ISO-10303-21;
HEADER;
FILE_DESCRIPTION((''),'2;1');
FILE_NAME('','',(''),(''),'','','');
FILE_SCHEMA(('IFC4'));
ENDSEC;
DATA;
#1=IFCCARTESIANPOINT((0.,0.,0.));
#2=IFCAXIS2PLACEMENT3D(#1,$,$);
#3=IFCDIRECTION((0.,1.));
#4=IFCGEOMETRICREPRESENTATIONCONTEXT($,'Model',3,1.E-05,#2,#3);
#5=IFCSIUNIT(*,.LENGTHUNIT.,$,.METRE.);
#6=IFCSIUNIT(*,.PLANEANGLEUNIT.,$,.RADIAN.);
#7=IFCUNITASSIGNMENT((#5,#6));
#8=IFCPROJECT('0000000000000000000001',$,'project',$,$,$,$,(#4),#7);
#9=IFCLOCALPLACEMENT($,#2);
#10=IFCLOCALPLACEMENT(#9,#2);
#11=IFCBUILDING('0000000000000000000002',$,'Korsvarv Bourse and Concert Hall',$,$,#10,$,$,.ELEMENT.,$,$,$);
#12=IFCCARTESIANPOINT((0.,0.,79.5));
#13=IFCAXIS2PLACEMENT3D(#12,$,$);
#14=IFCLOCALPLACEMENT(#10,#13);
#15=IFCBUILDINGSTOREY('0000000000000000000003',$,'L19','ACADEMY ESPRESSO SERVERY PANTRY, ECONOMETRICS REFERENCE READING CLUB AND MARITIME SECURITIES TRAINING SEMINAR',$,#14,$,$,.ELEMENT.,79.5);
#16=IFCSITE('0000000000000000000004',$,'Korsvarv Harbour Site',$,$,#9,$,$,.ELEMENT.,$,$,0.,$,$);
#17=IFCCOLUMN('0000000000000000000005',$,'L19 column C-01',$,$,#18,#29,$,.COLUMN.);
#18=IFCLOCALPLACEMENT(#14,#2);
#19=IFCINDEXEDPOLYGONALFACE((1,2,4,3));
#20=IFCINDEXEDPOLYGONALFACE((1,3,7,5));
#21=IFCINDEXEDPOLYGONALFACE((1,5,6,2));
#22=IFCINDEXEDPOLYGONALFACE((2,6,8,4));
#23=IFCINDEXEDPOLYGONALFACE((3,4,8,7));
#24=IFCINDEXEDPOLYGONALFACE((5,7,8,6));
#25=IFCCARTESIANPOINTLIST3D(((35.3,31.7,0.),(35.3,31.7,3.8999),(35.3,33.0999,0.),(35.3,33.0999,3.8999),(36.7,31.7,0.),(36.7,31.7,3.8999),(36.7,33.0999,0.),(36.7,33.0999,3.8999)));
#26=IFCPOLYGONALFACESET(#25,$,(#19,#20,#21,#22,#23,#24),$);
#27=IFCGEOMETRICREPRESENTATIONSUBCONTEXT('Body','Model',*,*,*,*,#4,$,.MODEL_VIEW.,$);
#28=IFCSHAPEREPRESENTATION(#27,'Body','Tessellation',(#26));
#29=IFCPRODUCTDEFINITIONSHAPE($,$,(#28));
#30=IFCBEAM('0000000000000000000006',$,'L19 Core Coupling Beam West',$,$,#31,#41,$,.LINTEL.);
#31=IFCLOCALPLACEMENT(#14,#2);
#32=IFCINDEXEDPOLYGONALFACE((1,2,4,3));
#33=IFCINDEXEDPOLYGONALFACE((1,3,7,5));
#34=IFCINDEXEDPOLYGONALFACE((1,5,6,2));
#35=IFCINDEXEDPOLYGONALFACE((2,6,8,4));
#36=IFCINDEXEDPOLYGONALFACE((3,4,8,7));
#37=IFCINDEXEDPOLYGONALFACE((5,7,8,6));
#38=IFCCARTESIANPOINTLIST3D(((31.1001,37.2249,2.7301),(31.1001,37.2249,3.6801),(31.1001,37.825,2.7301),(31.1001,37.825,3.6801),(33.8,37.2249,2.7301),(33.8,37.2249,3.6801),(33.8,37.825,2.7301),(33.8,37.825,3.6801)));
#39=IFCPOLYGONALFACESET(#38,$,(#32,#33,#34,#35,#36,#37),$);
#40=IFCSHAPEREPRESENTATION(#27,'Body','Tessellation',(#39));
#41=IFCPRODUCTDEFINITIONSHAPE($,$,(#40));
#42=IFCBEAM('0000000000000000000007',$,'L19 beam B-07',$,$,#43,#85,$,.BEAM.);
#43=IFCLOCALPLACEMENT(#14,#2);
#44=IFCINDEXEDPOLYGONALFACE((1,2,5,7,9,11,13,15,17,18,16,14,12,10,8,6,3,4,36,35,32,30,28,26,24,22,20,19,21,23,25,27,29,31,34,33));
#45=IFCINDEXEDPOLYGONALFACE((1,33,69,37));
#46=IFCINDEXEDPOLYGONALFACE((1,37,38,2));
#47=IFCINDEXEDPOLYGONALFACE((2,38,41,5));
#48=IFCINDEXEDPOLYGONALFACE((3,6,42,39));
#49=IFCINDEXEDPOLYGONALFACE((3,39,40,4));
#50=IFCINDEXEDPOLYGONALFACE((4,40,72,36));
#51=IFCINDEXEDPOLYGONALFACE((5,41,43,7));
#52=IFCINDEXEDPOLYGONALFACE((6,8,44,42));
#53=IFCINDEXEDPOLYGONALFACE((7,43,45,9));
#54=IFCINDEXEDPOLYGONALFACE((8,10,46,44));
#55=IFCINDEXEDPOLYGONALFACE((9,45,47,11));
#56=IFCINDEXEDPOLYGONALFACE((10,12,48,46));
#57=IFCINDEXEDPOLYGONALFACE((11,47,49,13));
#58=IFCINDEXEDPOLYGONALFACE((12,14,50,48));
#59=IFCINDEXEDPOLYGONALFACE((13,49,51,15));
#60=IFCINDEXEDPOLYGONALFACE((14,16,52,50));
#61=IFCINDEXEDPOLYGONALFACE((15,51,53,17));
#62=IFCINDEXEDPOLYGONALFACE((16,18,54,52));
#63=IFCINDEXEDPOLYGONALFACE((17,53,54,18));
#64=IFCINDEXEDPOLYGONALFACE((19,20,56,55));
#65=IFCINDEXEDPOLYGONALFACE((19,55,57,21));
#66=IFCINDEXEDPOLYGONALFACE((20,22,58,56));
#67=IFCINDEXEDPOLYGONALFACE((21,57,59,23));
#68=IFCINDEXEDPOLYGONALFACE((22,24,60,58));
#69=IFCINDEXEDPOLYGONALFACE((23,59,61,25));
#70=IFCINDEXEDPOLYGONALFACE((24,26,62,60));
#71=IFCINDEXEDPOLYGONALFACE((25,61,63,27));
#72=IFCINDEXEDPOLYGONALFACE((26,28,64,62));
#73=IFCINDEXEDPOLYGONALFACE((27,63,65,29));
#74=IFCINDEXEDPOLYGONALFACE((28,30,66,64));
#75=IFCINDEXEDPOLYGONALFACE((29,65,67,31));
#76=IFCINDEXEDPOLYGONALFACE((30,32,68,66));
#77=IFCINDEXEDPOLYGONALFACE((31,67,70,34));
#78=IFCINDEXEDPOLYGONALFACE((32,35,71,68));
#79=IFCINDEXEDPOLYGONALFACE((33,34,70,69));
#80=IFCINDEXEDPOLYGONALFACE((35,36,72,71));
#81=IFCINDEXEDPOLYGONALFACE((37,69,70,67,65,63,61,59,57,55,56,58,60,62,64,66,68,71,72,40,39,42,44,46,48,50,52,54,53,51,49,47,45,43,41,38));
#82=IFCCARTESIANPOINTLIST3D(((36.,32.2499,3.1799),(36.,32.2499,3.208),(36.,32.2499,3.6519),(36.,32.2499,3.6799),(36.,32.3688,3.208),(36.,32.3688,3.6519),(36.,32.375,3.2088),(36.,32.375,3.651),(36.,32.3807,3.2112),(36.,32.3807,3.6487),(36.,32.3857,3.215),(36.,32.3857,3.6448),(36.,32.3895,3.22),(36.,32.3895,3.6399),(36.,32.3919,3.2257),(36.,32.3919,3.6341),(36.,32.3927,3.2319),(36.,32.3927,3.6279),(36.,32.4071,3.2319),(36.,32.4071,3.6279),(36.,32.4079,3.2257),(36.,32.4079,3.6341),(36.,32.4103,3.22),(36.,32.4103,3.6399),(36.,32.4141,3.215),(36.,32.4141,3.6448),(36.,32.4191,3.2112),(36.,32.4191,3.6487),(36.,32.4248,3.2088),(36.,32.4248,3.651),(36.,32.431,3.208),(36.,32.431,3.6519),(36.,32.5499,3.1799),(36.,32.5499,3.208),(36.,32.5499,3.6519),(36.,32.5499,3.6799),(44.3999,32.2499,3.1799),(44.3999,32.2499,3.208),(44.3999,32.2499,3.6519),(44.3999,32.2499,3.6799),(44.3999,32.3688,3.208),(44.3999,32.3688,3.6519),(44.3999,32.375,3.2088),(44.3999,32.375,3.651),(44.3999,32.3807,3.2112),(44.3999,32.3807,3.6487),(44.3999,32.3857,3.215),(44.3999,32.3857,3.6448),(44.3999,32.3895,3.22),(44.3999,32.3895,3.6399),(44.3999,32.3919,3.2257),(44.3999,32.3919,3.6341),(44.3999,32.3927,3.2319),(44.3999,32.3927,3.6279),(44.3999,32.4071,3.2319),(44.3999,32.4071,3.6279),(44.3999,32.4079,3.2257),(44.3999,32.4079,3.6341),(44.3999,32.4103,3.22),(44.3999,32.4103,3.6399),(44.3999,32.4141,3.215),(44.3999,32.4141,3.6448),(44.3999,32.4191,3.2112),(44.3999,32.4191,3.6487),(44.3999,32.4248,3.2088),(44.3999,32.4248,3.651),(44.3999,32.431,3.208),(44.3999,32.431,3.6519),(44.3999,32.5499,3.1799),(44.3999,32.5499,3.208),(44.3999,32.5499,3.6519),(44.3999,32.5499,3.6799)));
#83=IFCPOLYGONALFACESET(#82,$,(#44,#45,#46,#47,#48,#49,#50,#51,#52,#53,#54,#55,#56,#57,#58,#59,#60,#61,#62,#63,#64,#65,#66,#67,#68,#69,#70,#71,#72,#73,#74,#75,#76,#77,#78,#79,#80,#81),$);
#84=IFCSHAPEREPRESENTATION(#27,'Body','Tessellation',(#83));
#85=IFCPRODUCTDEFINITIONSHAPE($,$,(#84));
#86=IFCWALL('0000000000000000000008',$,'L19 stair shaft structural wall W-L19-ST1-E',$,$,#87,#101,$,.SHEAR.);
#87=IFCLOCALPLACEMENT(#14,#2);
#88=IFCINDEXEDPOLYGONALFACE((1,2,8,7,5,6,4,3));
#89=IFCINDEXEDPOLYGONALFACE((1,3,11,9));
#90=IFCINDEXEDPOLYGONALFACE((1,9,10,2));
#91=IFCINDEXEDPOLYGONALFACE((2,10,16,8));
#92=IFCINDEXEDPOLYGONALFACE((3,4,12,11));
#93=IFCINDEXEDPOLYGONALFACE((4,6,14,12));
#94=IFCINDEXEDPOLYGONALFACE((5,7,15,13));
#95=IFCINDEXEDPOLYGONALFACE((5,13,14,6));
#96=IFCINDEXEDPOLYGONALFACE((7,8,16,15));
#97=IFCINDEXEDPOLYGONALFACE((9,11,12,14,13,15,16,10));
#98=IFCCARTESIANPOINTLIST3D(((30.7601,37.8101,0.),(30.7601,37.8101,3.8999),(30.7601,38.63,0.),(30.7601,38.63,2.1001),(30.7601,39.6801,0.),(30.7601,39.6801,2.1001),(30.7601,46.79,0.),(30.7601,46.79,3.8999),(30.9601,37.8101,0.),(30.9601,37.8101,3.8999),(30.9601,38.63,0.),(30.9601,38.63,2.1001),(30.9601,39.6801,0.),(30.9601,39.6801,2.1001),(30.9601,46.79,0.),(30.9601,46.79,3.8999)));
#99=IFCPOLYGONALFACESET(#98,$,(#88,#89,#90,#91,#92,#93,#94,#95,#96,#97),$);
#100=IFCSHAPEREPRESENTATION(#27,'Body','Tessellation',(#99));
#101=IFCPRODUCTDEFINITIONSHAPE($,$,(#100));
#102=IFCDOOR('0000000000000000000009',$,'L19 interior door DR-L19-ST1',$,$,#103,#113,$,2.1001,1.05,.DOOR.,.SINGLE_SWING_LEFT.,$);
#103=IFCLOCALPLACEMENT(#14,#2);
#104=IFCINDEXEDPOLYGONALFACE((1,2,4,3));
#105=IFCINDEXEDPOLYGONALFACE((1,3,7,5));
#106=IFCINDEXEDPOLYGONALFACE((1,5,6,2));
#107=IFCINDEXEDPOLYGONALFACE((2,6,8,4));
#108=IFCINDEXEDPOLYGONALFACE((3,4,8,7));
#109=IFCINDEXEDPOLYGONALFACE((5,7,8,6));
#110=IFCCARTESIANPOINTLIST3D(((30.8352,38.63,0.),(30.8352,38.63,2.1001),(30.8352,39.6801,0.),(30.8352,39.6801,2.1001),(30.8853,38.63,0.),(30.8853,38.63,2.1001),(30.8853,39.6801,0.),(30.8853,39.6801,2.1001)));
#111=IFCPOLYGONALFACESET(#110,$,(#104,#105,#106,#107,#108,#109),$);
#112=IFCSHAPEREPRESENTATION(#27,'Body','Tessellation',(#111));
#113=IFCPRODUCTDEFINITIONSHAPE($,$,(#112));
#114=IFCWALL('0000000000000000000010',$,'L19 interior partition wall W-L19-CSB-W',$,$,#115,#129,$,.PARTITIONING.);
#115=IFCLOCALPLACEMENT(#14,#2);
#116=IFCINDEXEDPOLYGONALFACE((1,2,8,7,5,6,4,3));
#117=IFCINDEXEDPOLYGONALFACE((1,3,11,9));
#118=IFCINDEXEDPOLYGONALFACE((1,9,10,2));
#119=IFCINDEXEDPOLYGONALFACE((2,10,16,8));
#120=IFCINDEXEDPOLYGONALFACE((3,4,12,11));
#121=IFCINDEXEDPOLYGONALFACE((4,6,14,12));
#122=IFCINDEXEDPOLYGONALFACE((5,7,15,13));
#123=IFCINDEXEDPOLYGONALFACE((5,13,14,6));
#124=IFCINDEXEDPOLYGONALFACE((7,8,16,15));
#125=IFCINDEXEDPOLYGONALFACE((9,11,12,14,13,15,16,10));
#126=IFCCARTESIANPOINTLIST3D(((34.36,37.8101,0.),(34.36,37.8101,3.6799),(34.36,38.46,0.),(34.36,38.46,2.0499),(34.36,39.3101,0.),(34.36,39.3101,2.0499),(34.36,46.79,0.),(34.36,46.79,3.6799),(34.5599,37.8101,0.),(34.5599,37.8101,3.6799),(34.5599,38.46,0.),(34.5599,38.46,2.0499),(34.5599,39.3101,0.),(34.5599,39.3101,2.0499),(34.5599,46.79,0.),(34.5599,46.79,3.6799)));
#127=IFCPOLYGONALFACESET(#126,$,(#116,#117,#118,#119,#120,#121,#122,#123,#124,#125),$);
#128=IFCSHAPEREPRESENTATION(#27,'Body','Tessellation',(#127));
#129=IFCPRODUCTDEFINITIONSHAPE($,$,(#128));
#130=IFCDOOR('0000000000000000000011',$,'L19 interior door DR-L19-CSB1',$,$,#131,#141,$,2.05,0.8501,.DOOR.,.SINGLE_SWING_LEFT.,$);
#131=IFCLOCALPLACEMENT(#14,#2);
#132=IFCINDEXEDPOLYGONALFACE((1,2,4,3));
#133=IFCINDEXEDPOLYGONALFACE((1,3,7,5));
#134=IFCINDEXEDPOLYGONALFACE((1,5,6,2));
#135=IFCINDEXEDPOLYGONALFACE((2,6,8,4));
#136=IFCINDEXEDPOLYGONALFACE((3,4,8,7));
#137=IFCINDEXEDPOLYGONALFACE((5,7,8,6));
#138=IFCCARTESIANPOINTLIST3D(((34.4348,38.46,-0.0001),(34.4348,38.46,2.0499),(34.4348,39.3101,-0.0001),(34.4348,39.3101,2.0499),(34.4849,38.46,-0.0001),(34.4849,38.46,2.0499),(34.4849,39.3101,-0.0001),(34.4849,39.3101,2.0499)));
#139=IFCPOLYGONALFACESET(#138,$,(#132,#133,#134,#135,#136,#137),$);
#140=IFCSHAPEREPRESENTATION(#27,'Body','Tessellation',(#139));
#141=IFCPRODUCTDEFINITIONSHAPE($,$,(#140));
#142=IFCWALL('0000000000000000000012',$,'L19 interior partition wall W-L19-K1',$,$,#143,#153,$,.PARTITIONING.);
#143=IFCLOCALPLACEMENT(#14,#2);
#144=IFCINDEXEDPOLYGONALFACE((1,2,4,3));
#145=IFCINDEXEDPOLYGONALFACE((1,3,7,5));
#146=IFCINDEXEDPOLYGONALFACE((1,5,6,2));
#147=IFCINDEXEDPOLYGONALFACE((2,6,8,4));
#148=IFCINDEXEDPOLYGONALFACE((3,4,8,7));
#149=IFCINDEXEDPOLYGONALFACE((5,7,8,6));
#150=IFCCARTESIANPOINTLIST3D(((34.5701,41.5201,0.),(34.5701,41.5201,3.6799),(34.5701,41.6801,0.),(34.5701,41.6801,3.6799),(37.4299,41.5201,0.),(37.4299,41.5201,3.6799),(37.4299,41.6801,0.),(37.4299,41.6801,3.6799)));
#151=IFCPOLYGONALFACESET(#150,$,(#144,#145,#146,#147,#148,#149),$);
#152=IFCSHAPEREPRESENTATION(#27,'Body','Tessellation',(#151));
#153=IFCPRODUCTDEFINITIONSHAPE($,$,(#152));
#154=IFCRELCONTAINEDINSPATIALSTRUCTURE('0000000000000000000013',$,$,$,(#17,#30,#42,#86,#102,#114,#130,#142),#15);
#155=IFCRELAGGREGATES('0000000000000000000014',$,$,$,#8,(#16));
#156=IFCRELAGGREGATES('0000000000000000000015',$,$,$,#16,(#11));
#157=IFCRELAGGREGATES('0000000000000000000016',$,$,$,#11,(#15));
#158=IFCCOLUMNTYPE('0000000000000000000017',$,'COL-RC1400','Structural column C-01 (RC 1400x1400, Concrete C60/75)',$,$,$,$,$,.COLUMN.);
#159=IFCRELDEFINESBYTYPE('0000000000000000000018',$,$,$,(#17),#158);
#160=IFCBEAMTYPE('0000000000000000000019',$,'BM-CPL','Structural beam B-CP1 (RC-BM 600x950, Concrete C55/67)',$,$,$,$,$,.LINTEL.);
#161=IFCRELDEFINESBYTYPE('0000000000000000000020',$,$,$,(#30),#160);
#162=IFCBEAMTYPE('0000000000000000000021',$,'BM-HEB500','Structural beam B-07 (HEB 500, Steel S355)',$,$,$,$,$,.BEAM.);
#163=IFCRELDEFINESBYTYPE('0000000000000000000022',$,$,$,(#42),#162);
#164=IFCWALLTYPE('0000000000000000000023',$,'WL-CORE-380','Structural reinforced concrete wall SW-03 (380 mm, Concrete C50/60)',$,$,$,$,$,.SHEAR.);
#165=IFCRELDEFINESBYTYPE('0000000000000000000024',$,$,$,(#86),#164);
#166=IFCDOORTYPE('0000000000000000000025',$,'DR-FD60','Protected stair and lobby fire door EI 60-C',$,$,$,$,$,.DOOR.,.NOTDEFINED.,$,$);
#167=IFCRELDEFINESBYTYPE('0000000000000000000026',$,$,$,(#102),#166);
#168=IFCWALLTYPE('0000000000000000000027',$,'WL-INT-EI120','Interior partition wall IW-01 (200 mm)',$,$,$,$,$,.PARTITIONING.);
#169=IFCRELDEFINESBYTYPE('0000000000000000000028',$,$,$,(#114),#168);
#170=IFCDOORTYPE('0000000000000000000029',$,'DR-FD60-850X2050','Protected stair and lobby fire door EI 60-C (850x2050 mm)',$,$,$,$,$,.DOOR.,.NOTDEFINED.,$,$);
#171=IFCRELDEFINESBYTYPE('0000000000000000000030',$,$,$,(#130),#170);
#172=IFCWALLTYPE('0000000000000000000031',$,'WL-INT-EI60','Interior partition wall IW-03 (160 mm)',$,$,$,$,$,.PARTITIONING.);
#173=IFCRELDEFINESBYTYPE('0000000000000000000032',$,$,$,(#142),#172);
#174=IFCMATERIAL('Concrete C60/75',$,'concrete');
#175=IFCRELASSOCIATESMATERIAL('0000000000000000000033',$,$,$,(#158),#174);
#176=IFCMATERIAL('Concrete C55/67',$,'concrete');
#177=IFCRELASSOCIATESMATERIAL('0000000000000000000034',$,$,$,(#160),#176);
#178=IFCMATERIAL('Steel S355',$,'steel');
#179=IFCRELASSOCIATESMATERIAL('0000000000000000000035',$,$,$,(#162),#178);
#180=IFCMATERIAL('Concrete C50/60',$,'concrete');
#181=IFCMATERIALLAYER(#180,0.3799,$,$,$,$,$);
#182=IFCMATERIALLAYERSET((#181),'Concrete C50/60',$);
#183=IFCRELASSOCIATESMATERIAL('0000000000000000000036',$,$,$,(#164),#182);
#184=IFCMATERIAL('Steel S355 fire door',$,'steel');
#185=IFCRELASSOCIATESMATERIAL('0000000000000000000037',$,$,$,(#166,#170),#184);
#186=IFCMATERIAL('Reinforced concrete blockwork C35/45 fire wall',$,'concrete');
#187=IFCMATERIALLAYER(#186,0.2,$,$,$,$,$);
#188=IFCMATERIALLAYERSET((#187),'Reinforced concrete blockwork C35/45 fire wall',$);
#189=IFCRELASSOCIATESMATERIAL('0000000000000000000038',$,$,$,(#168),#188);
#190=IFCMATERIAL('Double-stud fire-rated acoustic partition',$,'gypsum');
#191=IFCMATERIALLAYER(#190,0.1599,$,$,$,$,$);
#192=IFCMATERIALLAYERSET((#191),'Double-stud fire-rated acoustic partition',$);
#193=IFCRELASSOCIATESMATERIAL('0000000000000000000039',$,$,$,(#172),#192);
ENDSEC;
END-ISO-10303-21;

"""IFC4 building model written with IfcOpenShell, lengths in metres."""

from ifc_helpers import new_model, si_unit, direction, frame, frame_2d, origin, origin_2d, place, context, subcontext, project, spatial, rectangle, i_section, extrude, source, transform, mapped, material, layer, layer_set, material_profile, profile_set, type_object, element, fill, save


model = new_model("IFC4")

# Units and contexts
model_context = context("Model", 3, precision=1e-05, world=origin(), true_north=direction((0.0, 1.0)))
body_context = subcontext(model_context, "Body", "Model", "MODEL_VIEW")
ifc_project = project(units=[si_unit("LENGTHUNIT", "METRE"), si_unit("PLANEANGLEUNIT", "RADIAN")], contexts=[model_context])

# Site, building, storey
site_placement = place(None, origin())
site = spatial("IfcSite", under=ifc_project, at=site_placement, Name="Korsvarv Harbour Site", CompositionType="ELEMENT", RefElevation=0.0)
building_placement = place(site_placement, origin())
building = spatial("IfcBuilding", under=site, at=building_placement, Name="Korsvarv Bourse and Concert Hall", CompositionType="ELEMENT")
storey_placement = place(building_placement, frame((0.0, 0.0, 79.5)))
storey = spatial("IfcBuildingStorey", under=building, at=storey_placement, Name="L19", Description="ACADEMY ESPRESSO SERVERY PANTRY, ECONOMETRICS REFERENCE READING CLUB AND MARITIME SECURITIES TRAINING SEMINAR", CompositionType="ELEMENT", Elevation=79.5)

# Column
ifc_material_1 = material(Name="Concrete C60/75", Category="concrete")
ifc_material_profile_1 = material_profile(ifc_material_1, rectangle(XDim=1.3999, YDim=1.3999, at=origin_2d()), Name="RC 1400x1400")
ifc_profile_set_1 = profile_set([ifc_material_profile_1], Name="Concrete C60/75")
column_type = type_object("IfcColumnType", Name="COL-RC1400", Description="Structural column C-01 (RC 1400x1400, Concrete C60/75)", PredefinedType="COLUMN", material=ifc_profile_set_1)
shared_shape_1 = source(origin(), body_context, "Body", "SweptSolid", [
    extrude(rectangle(XDim=1.3999, YDim=1.3999, at=origin_2d()), origin(), (0.0, 0.0, 1.0), 3.8999),
])
column_placement = place(storey_placement, frame((36.0, 32.3999, 0.0), z_axis=(0.0, 0.0, 1.0), x_axis=(1.0, 0.0, 0.0)))
element("IfcColumn", 1, at=column_placement, inside=storey, type_object=column_type, Name="L19 column C-01", PredefinedType="COLUMN", context=body_context, shape_type="MappedRepresentation", body=[
    mapped(shared_shape_1, transform((0.0, 0.0, 0.0), scale=1.0)),
])

# Beams
ifc_material_2 = material(Name="Concrete C55/67", Category="concrete")
ifc_material_profile_2 = material_profile(ifc_material_2, rectangle(XDim=0.6001, YDim=0.95, at=origin_2d()), Name="RC-BM 600x950")
ifc_profile_set_2 = profile_set([ifc_material_profile_2], Name="Concrete C55/67")
beam_type_1 = type_object("IfcBeamType", Name="BM-CPL", Description="Structural beam B-CP1 (RC-BM 600x950, Concrete C55/67)", PredefinedType="LINTEL", material=ifc_profile_set_2)
shared_shape_2 = source(origin(), body_context, "Body", "SweptSolid", [
    extrude(rectangle(XDim=0.6001, YDim=0.95, at=origin_2d()), origin(), (0.0, 0.0, 1.0), 2.7),
])
beam_1_placement = place(storey_placement, frame((31.1001, 37.5249, 3.2051), z_axis=(1.0, 0.0, 0.0), x_axis=(0.0, 1.0, 0.0)))
element("IfcBeam", 2, at=beam_1_placement, inside=storey, type_object=beam_type_1, Name="L19 Core Coupling Beam West", PredefinedType="LINTEL", context=body_context, shape_type="MappedRepresentation", body=[
    mapped(shared_shape_2, transform((0.0, 0.0, 0.0), scale=1.0)),
])
ifc_material_3 = material(Name="Steel S355", Category="steel")
ifc_material_profile_3 = material_profile(ifc_material_3, i_section(OverallWidth=0.3, OverallDepth=0.5, WebThickness=0.0144, FlangeThickness=0.0281, FilletRadius=0.0239, at=origin_2d()), Name="HEB 500")
ifc_profile_set_3 = profile_set([ifc_material_profile_3], Name="Steel S355")
beam_type_2 = type_object("IfcBeamType", Name="BM-HEB500", Description="Structural beam B-07 (HEB 500, Steel S355)", PredefinedType="BEAM", material=ifc_profile_set_3)
shared_shape_3 = source(origin(), body_context, "Body", "SweptSolid", [
    extrude(i_section(OverallWidth=0.3, OverallDepth=0.5, WebThickness=0.0144, FlangeThickness=0.0281, FilletRadius=0.0239, at=origin_2d()), origin(), (0.0, 0.0, 1.0), 8.3999),
])
beam_2_placement = place(storey_placement, frame((36.0, 32.3999, 3.4299), z_axis=(1.0, 0.0, 0.0), x_axis=(0.0, 1.0, 0.0)))
element("IfcBeam", 3, at=beam_2_placement, inside=storey, type_object=beam_type_2, Name="L19 beam B-07", PredefinedType="BEAM", context=body_context, shape_type="MappedRepresentation", body=[
    mapped(shared_shape_3, transform((0.0, 0.0, 0.0), scale=1.0)),
])

# Walls, openings, doors
ifc_material_4 = material(Name="Concrete C50/60", Category="concrete")
ifc_layer_1 = layer(ifc_material_4, 0.3799)
ifc_layer_set_1 = layer_set([ifc_layer_1], Name="Concrete C50/60")
wall_type_1 = type_object("IfcWallType", Name="WL-CORE-380", Description="Structural reinforced concrete wall SW-03 (380 mm, Concrete C50/60)", PredefinedType="SHEAR", material=ifc_layer_set_1)
wall_1_placement = place(storey_placement, frame((30.8601, 37.8101, 0.0), z_axis=(0.0, 0.0, 1.0), x_axis=(0.0, 1.0, 0.0)))
wall_1 = element("IfcWall", 4, at=wall_1_placement, inside=storey, type_object=wall_type_1, Name="L19 stair shaft structural wall W-L19-ST1-E", PredefinedType="SHEAR", context=body_context, shape_type="SweptSolid", body=[
    extrude(rectangle(XDim=8.98, YDim=0.2, at=frame_2d((4.49, 0.0))), origin(), (0.0, 0.0, 1.0), 3.8999),
])
opening_1_placement = place(wall_1_placement, frame((0.8201, 0.0, 0.0)))
opening_1 = element("IfcOpeningElement", 5, at=opening_1_placement, cuts=wall_1, PredefinedType="OPENING", context=body_context, shape_type="SweptSolid", body=[
    extrude(rectangle(XDim=1.05, YDim=2.1001, at=frame_2d((0.5249, 1.05))), frame((0.0, 0.1099, 0.0), z_axis=(0.0, -1.0, 0.0), x_axis=(1.0, 0.0, 0.0)), (0.0, 0.0, 1.0), 0.22),
])
ifc_material_5 = material(Name="Steel S355 fire door", Category="steel")
door_type_1 = type_object("IfcDoorType", Name="DR-FD60", Description="Protected stair and lobby fire door EI 60-C", OperationType="NOTDEFINED", PredefinedType="DOOR", material=ifc_material_5)
door_1_placement = place(opening_1_placement, origin())
door_1 = element("IfcDoor", 6, at=door_1_placement, inside=storey, type_object=door_type_1, Name="L19 interior door DR-L19-ST1", OperationType="SINGLE_SWING_LEFT", OverallHeight=2.1001, OverallWidth=1.05, PredefinedType="DOOR", context=body_context, shape_type="SweptSolid", body=[
    extrude(rectangle(XDim=1.05, YDim=2.1001, at=frame_2d((0.5249, 1.05))), frame((0.0, 0.0249, 0.0), z_axis=(0.0, -1.0, 0.0), x_axis=(1.0, 0.0, 0.0)), (0.0, 0.0, 1.0), 0.05),
])
fill(opening_1, door_1)
ifc_material_6 = material(Name="Reinforced concrete blockwork C35/45 fire wall", Category="concrete")
ifc_layer_2 = layer(ifc_material_6, 0.2)
ifc_layer_set_2 = layer_set([ifc_layer_2], Name="Reinforced concrete blockwork C35/45 fire wall")
wall_type_2 = type_object("IfcWallType", Name="WL-INT-EI120", Description="Interior partition wall IW-01 (200 mm)", PredefinedType="PARTITIONING", material=ifc_layer_set_2)
wall_2_placement = place(storey_placement, frame((34.46, 37.8101, 0.0), z_axis=(0.0, 0.0, 1.0), x_axis=(0.0, 1.0, 0.0)))
wall_2 = element("IfcWall", 7, at=wall_2_placement, inside=storey, type_object=wall_type_2, Name="L19 interior partition wall W-L19-CSB-W", PredefinedType="PARTITIONING", context=body_context, shape_type="SweptSolid", body=[
    extrude(rectangle(XDim=8.98, YDim=0.2, at=frame_2d((4.49, 0.0))), origin(), (0.0, 0.0, 1.0), 3.6799),
])
opening_2_placement = place(wall_2_placement, frame((0.6499, 0.0, 0.0)))
opening_2 = element("IfcOpeningElement", 8, at=opening_2_placement, cuts=wall_2, PredefinedType="OPENING", context=body_context, shape_type="SweptSolid", body=[
    extrude(rectangle(XDim=0.8501, YDim=2.05, at=frame_2d((0.425, 1.0249))), frame((0.0, 0.1099, 0.0), z_axis=(0.0, -1.0, 0.0), x_axis=(1.0, 0.0, 0.0)), (0.0, 0.0, 1.0), 0.22),
])
door_type_2 = type_object("IfcDoorType", Name="DR-FD60-850X2050", Description="Protected stair and lobby fire door EI 60-C (850x2050 mm)", OperationType="NOTDEFINED", PredefinedType="DOOR", material=ifc_material_5)
door_2_placement = place(opening_2_placement, frame((0.8501, 0.0, 0.0), z_axis=(0.0, 0.0, 1.0), x_axis=(-1.0, 0.0, 0.0)))
door_2 = element("IfcDoor", 9, at=door_2_placement, inside=storey, type_object=door_type_2, Name="L19 interior door DR-L19-CSB1", OperationType="SINGLE_SWING_LEFT", OverallHeight=2.05, OverallWidth=0.8501, PredefinedType="DOOR", context=body_context, shape_type="SweptSolid", body=[
    extrude(rectangle(XDim=0.8501, YDim=2.05, at=frame_2d((0.425, 1.0249))), frame((0.0, 0.0249, 0.0), z_axis=(0.0, -1.0, 0.0), x_axis=(1.0, 0.0, 0.0)), (0.0, 0.0, 1.0), 0.05),
])
fill(opening_2, door_2)

# Wall
ifc_material_7 = material(Name="Double-stud fire-rated acoustic partition", Category="gypsum")
ifc_layer_3 = layer(ifc_material_7, 0.1599)
ifc_layer_set_3 = layer_set([ifc_layer_3], Name="Double-stud fire-rated acoustic partition")
wall_type_3 = type_object("IfcWallType", Name="WL-INT-EI60", Description="Interior partition wall IW-03 (160 mm)", PredefinedType="PARTITIONING", material=ifc_layer_set_3)
wall_3_placement = place(storey_placement, frame((34.5701, 41.6001, 0.0), z_axis=(0.0, 0.0, 1.0), x_axis=(1.0, 0.0, 0.0)))
element("IfcWall", 10, at=wall_3_placement, inside=storey, type_object=wall_type_3, Name="L19 interior partition wall W-L19-K1", PredefinedType="PARTITIONING", context=body_context, shape_type="SweptSolid", body=[
    extrude(rectangle(XDim=2.8599, YDim=0.1599, at=frame_2d((1.4299, 0.0))), origin(), (0.0, 0.0, 1.0), 3.6799),
])

save(model, "model.ifc")
